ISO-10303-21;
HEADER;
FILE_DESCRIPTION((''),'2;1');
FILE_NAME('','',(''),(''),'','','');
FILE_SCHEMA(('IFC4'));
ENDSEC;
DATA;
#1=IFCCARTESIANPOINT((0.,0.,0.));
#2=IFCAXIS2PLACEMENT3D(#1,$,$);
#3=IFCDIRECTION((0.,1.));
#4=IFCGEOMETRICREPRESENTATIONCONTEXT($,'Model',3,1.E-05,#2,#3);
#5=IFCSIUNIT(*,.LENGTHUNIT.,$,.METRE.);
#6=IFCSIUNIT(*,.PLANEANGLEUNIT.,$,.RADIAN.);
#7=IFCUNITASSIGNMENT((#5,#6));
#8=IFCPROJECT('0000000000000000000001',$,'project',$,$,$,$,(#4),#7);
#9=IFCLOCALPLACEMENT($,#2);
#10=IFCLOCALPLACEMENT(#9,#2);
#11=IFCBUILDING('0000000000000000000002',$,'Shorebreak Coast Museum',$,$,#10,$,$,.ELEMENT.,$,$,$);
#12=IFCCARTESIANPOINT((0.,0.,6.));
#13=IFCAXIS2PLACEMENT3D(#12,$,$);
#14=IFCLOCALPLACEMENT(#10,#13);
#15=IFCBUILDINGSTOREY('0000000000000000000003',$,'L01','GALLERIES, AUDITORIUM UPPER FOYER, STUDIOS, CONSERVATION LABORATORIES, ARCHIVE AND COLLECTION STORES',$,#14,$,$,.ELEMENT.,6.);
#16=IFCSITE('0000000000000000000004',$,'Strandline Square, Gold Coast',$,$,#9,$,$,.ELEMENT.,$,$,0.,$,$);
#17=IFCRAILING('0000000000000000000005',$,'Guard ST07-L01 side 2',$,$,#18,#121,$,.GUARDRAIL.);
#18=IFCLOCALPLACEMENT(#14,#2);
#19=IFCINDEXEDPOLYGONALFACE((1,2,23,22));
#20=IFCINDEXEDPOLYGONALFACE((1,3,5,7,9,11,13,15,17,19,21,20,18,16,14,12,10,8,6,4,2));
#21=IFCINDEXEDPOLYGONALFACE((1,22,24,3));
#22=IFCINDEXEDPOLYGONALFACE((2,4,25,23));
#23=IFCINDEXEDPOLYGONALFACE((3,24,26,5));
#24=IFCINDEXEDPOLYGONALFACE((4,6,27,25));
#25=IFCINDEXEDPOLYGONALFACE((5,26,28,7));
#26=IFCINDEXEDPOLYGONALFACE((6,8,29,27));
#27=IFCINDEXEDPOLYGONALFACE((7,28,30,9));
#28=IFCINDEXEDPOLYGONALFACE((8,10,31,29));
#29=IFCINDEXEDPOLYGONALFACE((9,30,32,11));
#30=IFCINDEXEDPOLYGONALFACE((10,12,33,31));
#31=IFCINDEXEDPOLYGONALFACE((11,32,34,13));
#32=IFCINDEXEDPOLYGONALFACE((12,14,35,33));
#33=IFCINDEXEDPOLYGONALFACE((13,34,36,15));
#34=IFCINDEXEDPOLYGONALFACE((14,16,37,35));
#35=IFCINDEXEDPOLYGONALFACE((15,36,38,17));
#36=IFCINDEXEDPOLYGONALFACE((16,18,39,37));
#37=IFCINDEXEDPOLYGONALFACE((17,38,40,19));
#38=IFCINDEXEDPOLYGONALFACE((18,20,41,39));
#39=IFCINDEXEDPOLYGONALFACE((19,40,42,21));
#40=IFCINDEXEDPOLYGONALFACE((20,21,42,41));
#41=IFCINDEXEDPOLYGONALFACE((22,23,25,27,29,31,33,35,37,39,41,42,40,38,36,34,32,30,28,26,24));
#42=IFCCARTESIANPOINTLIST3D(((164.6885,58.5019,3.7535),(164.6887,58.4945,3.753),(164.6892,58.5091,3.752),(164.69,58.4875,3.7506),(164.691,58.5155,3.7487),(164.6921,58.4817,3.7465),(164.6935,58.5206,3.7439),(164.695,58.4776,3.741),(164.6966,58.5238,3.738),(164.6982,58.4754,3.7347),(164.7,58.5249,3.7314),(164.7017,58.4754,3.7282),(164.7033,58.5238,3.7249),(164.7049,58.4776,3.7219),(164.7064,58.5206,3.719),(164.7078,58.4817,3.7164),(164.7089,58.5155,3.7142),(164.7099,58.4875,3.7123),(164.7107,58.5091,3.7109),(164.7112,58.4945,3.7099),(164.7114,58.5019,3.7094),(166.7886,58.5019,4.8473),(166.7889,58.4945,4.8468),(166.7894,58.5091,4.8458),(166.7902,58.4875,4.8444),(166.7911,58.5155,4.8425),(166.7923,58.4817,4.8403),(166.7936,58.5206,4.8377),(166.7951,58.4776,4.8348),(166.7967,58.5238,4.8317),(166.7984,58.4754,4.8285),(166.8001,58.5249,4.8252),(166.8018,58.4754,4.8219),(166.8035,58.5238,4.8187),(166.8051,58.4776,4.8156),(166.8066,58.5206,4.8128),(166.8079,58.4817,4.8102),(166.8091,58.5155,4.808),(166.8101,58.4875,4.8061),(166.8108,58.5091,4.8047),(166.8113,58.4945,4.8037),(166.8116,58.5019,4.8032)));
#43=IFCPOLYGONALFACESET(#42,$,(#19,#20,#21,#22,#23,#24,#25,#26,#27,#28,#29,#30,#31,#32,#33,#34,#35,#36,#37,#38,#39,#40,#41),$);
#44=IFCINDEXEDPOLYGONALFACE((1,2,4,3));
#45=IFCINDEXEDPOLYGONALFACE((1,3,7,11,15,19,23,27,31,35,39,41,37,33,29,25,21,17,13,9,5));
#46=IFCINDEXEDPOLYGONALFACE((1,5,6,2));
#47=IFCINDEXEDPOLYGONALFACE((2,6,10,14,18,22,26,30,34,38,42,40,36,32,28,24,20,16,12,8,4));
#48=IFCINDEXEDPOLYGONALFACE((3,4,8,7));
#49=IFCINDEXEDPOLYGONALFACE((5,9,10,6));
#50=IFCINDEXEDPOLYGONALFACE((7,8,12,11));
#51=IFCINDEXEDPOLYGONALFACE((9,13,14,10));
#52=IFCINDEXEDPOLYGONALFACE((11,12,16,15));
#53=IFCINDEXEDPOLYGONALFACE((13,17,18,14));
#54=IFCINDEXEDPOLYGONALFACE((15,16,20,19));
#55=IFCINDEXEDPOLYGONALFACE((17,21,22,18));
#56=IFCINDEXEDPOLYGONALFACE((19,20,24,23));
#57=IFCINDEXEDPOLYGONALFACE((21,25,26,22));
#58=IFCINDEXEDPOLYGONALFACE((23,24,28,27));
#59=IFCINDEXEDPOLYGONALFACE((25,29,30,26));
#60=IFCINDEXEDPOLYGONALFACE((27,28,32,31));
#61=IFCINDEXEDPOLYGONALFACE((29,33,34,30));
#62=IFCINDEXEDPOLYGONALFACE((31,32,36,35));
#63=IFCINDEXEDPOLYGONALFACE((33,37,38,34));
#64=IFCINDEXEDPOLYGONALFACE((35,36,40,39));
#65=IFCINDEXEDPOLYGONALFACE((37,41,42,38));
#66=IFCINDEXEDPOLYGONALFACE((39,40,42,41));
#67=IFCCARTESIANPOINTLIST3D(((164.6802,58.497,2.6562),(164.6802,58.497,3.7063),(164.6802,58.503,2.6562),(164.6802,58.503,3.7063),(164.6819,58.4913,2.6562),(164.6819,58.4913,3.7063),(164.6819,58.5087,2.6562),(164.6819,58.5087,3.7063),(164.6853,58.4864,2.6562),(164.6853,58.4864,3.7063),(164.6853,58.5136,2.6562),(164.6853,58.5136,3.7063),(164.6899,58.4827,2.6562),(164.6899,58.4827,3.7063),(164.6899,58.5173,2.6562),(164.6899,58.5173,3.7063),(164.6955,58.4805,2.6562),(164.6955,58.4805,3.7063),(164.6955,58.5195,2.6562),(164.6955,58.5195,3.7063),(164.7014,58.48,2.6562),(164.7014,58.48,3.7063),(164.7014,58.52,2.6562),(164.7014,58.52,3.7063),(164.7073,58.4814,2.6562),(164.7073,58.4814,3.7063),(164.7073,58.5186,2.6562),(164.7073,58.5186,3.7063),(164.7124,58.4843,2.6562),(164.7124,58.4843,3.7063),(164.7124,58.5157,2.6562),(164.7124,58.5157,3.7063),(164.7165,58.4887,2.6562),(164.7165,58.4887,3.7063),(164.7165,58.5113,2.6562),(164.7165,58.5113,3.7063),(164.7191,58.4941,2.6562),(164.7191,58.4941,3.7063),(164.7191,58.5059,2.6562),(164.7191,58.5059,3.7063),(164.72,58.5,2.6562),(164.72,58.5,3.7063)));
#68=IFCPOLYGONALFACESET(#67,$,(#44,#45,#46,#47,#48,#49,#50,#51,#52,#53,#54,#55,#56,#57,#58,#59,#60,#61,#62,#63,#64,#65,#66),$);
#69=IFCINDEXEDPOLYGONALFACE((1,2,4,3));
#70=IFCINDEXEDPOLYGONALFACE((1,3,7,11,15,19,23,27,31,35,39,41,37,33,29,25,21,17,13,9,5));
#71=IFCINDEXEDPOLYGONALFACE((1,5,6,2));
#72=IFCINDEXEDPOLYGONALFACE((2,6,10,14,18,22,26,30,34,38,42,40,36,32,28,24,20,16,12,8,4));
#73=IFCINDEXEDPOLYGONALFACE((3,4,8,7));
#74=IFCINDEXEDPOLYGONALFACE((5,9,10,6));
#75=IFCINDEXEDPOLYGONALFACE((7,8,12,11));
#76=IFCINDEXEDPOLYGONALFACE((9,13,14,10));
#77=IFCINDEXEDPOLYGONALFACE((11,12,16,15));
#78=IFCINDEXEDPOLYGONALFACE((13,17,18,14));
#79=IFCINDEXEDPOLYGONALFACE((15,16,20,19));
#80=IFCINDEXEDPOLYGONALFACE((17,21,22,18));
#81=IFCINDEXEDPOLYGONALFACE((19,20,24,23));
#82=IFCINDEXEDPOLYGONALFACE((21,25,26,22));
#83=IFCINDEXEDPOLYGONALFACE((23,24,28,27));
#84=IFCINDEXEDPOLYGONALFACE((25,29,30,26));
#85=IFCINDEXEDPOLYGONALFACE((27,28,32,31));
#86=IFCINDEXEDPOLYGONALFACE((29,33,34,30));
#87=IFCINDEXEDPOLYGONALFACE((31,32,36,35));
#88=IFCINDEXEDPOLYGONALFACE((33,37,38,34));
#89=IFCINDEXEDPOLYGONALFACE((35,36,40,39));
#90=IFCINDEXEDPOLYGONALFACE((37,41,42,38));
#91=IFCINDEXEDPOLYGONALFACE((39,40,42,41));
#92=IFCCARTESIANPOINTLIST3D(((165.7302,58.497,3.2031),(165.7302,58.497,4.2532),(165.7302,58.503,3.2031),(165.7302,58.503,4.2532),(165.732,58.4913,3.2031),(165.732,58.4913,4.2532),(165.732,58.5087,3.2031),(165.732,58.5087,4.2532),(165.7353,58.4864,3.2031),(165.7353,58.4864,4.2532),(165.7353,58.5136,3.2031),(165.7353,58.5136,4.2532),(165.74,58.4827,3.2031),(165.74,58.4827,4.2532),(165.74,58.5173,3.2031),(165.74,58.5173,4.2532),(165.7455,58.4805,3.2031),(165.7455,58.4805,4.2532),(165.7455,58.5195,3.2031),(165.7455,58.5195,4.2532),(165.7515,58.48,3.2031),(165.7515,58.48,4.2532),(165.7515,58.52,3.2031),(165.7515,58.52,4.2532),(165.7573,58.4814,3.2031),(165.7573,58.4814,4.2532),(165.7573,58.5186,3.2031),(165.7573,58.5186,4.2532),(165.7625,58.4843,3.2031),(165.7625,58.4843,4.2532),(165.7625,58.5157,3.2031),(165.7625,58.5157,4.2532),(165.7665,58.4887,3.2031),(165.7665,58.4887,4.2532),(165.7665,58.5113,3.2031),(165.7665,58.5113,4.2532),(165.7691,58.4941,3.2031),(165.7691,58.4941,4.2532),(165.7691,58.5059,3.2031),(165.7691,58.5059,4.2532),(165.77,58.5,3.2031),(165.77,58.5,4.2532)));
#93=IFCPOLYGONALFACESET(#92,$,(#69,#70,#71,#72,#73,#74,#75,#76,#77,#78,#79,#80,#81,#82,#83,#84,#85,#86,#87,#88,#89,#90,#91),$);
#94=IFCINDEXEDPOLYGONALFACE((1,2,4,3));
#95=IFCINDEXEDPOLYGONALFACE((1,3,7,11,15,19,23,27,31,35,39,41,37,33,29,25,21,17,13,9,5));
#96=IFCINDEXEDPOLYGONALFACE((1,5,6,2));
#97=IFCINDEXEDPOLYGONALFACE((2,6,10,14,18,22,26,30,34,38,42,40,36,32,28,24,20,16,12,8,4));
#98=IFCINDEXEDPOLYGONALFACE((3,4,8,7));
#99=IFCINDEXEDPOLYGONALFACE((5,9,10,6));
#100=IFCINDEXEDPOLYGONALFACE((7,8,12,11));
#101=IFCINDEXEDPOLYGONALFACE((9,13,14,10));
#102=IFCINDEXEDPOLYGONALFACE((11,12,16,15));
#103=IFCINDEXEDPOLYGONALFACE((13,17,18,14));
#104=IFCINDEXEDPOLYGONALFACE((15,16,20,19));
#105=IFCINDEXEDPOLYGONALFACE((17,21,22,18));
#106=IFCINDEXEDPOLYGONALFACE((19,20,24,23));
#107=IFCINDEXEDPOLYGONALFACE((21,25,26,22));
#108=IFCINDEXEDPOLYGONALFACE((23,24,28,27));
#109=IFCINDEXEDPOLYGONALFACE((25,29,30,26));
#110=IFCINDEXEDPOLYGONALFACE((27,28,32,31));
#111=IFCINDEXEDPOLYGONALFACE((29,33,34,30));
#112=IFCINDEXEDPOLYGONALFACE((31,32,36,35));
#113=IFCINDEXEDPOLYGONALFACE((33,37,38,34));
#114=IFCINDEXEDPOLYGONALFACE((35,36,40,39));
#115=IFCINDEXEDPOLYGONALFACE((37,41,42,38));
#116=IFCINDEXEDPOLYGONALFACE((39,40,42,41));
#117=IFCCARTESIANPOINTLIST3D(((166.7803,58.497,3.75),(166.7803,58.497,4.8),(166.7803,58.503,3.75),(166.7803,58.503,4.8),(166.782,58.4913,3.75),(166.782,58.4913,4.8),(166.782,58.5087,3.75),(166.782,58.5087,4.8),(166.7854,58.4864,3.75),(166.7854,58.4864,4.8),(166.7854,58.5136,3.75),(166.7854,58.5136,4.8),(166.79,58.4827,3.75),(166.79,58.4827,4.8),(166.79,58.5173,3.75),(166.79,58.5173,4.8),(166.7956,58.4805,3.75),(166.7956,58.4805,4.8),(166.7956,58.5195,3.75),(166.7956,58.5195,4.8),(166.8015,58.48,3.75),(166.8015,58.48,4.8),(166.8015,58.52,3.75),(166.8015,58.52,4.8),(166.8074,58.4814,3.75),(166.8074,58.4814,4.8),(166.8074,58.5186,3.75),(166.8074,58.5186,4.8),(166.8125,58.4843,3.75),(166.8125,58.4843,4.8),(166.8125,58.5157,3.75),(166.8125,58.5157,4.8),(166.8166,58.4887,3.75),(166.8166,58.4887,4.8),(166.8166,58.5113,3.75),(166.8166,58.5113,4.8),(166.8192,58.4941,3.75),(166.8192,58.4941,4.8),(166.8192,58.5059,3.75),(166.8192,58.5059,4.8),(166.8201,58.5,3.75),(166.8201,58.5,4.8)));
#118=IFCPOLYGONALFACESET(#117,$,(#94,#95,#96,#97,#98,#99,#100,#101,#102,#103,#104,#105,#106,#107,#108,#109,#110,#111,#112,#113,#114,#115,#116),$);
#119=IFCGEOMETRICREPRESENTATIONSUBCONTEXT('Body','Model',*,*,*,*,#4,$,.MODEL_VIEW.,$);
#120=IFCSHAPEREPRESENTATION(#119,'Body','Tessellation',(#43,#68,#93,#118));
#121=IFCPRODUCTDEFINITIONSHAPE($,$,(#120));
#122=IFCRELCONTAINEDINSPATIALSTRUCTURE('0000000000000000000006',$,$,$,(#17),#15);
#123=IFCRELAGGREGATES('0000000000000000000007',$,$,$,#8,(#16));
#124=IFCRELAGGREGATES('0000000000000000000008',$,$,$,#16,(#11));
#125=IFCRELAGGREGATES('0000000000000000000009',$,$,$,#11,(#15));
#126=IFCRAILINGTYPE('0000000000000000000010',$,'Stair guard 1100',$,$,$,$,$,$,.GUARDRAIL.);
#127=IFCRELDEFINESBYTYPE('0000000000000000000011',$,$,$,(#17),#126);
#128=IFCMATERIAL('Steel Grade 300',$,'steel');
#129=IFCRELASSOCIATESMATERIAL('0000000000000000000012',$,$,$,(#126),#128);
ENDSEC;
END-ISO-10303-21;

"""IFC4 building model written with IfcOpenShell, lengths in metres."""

from ifc_helpers import new_model, si_unit, direction, frame, origin, origin_2d, place, context, subcontext, project, spatial, circle, extrude, material, type_object, element, save


model = new_model("IFC4")

# Units and contexts
model_context = context("Model", 3, precision=1e-05, world=origin(), true_north=direction((0.0, 1.0)))
body_context = subcontext(model_context, "Body", "Model", "MODEL_VIEW")
ifc_project = project(units=[si_unit("LENGTHUNIT", "METRE"), si_unit("PLANEANGLEUNIT", "RADIAN")], contexts=[model_context])

# Site, building, storey
site_placement = place(None, origin())
site = spatial("IfcSite", under=ifc_project, at=site_placement, Name="Strandline Square, Gold Coast", CompositionType="ELEMENT", RefElevation=0.0)
building_placement = place(site_placement, origin())
building = spatial("IfcBuilding", under=site, at=building_placement, Name="Shorebreak Coast Museum", CompositionType="ELEMENT")
storey_placement = place(building_placement, frame((0.0, 0.0, 6.0)))
storey = spatial("IfcBuildingStorey", under=building, at=storey_placement, Name="L01", Description="GALLERIES, AUDITORIUM UPPER FOYER, STUDIOS, CONSERVATION LABORATORIES, ARCHIVE AND COLLECTION STORES", CompositionType="ELEMENT", Elevation=6.0)

# Railing
ifc_material_1 = material(Name="Steel Grade 300", Category="steel")
railing_type_1 = type_object("IfcRailingType", Name="Stair guard 1100", PredefinedType="GUARDRAIL", material=ifc_material_1)
railing_1_placement = place(storey_placement, frame((164.7, 58.5, 2.6562)))
element("IfcRailing", 1, at=railing_1_placement, inside=storey, type_object=railing_type_1, Name="Guard ST07-L01 side 2", PredefinedType="GUARDRAIL", context=body_context, shape_type="SweptSolid", body=[
    extrude(circle(Radius=0.0249, at=origin_2d()), frame((0.0, 0.0, 1.0752), z_axis=(0.886923, 0.0, 0.461918), x_axis=(0.0, 1.0, 0.0)), (0.0, 0.0, 1.0), 2.3679),
    extrude(circle(Radius=0.02, at=origin_2d()), origin(), (0.0, 0.0, 1.0), 1.05),
    extrude(circle(Radius=0.02, at=origin_2d()), frame((1.05, 0.0, 0.5469)), (0.0, 0.0, 1.0), 1.05),
    extrude(circle(Radius=0.02, at=origin_2d()), frame((2.1001, 0.0, 1.0938)), (0.0, 0.0, 1.0), 1.05),
])

save(model, "model.ifc")
